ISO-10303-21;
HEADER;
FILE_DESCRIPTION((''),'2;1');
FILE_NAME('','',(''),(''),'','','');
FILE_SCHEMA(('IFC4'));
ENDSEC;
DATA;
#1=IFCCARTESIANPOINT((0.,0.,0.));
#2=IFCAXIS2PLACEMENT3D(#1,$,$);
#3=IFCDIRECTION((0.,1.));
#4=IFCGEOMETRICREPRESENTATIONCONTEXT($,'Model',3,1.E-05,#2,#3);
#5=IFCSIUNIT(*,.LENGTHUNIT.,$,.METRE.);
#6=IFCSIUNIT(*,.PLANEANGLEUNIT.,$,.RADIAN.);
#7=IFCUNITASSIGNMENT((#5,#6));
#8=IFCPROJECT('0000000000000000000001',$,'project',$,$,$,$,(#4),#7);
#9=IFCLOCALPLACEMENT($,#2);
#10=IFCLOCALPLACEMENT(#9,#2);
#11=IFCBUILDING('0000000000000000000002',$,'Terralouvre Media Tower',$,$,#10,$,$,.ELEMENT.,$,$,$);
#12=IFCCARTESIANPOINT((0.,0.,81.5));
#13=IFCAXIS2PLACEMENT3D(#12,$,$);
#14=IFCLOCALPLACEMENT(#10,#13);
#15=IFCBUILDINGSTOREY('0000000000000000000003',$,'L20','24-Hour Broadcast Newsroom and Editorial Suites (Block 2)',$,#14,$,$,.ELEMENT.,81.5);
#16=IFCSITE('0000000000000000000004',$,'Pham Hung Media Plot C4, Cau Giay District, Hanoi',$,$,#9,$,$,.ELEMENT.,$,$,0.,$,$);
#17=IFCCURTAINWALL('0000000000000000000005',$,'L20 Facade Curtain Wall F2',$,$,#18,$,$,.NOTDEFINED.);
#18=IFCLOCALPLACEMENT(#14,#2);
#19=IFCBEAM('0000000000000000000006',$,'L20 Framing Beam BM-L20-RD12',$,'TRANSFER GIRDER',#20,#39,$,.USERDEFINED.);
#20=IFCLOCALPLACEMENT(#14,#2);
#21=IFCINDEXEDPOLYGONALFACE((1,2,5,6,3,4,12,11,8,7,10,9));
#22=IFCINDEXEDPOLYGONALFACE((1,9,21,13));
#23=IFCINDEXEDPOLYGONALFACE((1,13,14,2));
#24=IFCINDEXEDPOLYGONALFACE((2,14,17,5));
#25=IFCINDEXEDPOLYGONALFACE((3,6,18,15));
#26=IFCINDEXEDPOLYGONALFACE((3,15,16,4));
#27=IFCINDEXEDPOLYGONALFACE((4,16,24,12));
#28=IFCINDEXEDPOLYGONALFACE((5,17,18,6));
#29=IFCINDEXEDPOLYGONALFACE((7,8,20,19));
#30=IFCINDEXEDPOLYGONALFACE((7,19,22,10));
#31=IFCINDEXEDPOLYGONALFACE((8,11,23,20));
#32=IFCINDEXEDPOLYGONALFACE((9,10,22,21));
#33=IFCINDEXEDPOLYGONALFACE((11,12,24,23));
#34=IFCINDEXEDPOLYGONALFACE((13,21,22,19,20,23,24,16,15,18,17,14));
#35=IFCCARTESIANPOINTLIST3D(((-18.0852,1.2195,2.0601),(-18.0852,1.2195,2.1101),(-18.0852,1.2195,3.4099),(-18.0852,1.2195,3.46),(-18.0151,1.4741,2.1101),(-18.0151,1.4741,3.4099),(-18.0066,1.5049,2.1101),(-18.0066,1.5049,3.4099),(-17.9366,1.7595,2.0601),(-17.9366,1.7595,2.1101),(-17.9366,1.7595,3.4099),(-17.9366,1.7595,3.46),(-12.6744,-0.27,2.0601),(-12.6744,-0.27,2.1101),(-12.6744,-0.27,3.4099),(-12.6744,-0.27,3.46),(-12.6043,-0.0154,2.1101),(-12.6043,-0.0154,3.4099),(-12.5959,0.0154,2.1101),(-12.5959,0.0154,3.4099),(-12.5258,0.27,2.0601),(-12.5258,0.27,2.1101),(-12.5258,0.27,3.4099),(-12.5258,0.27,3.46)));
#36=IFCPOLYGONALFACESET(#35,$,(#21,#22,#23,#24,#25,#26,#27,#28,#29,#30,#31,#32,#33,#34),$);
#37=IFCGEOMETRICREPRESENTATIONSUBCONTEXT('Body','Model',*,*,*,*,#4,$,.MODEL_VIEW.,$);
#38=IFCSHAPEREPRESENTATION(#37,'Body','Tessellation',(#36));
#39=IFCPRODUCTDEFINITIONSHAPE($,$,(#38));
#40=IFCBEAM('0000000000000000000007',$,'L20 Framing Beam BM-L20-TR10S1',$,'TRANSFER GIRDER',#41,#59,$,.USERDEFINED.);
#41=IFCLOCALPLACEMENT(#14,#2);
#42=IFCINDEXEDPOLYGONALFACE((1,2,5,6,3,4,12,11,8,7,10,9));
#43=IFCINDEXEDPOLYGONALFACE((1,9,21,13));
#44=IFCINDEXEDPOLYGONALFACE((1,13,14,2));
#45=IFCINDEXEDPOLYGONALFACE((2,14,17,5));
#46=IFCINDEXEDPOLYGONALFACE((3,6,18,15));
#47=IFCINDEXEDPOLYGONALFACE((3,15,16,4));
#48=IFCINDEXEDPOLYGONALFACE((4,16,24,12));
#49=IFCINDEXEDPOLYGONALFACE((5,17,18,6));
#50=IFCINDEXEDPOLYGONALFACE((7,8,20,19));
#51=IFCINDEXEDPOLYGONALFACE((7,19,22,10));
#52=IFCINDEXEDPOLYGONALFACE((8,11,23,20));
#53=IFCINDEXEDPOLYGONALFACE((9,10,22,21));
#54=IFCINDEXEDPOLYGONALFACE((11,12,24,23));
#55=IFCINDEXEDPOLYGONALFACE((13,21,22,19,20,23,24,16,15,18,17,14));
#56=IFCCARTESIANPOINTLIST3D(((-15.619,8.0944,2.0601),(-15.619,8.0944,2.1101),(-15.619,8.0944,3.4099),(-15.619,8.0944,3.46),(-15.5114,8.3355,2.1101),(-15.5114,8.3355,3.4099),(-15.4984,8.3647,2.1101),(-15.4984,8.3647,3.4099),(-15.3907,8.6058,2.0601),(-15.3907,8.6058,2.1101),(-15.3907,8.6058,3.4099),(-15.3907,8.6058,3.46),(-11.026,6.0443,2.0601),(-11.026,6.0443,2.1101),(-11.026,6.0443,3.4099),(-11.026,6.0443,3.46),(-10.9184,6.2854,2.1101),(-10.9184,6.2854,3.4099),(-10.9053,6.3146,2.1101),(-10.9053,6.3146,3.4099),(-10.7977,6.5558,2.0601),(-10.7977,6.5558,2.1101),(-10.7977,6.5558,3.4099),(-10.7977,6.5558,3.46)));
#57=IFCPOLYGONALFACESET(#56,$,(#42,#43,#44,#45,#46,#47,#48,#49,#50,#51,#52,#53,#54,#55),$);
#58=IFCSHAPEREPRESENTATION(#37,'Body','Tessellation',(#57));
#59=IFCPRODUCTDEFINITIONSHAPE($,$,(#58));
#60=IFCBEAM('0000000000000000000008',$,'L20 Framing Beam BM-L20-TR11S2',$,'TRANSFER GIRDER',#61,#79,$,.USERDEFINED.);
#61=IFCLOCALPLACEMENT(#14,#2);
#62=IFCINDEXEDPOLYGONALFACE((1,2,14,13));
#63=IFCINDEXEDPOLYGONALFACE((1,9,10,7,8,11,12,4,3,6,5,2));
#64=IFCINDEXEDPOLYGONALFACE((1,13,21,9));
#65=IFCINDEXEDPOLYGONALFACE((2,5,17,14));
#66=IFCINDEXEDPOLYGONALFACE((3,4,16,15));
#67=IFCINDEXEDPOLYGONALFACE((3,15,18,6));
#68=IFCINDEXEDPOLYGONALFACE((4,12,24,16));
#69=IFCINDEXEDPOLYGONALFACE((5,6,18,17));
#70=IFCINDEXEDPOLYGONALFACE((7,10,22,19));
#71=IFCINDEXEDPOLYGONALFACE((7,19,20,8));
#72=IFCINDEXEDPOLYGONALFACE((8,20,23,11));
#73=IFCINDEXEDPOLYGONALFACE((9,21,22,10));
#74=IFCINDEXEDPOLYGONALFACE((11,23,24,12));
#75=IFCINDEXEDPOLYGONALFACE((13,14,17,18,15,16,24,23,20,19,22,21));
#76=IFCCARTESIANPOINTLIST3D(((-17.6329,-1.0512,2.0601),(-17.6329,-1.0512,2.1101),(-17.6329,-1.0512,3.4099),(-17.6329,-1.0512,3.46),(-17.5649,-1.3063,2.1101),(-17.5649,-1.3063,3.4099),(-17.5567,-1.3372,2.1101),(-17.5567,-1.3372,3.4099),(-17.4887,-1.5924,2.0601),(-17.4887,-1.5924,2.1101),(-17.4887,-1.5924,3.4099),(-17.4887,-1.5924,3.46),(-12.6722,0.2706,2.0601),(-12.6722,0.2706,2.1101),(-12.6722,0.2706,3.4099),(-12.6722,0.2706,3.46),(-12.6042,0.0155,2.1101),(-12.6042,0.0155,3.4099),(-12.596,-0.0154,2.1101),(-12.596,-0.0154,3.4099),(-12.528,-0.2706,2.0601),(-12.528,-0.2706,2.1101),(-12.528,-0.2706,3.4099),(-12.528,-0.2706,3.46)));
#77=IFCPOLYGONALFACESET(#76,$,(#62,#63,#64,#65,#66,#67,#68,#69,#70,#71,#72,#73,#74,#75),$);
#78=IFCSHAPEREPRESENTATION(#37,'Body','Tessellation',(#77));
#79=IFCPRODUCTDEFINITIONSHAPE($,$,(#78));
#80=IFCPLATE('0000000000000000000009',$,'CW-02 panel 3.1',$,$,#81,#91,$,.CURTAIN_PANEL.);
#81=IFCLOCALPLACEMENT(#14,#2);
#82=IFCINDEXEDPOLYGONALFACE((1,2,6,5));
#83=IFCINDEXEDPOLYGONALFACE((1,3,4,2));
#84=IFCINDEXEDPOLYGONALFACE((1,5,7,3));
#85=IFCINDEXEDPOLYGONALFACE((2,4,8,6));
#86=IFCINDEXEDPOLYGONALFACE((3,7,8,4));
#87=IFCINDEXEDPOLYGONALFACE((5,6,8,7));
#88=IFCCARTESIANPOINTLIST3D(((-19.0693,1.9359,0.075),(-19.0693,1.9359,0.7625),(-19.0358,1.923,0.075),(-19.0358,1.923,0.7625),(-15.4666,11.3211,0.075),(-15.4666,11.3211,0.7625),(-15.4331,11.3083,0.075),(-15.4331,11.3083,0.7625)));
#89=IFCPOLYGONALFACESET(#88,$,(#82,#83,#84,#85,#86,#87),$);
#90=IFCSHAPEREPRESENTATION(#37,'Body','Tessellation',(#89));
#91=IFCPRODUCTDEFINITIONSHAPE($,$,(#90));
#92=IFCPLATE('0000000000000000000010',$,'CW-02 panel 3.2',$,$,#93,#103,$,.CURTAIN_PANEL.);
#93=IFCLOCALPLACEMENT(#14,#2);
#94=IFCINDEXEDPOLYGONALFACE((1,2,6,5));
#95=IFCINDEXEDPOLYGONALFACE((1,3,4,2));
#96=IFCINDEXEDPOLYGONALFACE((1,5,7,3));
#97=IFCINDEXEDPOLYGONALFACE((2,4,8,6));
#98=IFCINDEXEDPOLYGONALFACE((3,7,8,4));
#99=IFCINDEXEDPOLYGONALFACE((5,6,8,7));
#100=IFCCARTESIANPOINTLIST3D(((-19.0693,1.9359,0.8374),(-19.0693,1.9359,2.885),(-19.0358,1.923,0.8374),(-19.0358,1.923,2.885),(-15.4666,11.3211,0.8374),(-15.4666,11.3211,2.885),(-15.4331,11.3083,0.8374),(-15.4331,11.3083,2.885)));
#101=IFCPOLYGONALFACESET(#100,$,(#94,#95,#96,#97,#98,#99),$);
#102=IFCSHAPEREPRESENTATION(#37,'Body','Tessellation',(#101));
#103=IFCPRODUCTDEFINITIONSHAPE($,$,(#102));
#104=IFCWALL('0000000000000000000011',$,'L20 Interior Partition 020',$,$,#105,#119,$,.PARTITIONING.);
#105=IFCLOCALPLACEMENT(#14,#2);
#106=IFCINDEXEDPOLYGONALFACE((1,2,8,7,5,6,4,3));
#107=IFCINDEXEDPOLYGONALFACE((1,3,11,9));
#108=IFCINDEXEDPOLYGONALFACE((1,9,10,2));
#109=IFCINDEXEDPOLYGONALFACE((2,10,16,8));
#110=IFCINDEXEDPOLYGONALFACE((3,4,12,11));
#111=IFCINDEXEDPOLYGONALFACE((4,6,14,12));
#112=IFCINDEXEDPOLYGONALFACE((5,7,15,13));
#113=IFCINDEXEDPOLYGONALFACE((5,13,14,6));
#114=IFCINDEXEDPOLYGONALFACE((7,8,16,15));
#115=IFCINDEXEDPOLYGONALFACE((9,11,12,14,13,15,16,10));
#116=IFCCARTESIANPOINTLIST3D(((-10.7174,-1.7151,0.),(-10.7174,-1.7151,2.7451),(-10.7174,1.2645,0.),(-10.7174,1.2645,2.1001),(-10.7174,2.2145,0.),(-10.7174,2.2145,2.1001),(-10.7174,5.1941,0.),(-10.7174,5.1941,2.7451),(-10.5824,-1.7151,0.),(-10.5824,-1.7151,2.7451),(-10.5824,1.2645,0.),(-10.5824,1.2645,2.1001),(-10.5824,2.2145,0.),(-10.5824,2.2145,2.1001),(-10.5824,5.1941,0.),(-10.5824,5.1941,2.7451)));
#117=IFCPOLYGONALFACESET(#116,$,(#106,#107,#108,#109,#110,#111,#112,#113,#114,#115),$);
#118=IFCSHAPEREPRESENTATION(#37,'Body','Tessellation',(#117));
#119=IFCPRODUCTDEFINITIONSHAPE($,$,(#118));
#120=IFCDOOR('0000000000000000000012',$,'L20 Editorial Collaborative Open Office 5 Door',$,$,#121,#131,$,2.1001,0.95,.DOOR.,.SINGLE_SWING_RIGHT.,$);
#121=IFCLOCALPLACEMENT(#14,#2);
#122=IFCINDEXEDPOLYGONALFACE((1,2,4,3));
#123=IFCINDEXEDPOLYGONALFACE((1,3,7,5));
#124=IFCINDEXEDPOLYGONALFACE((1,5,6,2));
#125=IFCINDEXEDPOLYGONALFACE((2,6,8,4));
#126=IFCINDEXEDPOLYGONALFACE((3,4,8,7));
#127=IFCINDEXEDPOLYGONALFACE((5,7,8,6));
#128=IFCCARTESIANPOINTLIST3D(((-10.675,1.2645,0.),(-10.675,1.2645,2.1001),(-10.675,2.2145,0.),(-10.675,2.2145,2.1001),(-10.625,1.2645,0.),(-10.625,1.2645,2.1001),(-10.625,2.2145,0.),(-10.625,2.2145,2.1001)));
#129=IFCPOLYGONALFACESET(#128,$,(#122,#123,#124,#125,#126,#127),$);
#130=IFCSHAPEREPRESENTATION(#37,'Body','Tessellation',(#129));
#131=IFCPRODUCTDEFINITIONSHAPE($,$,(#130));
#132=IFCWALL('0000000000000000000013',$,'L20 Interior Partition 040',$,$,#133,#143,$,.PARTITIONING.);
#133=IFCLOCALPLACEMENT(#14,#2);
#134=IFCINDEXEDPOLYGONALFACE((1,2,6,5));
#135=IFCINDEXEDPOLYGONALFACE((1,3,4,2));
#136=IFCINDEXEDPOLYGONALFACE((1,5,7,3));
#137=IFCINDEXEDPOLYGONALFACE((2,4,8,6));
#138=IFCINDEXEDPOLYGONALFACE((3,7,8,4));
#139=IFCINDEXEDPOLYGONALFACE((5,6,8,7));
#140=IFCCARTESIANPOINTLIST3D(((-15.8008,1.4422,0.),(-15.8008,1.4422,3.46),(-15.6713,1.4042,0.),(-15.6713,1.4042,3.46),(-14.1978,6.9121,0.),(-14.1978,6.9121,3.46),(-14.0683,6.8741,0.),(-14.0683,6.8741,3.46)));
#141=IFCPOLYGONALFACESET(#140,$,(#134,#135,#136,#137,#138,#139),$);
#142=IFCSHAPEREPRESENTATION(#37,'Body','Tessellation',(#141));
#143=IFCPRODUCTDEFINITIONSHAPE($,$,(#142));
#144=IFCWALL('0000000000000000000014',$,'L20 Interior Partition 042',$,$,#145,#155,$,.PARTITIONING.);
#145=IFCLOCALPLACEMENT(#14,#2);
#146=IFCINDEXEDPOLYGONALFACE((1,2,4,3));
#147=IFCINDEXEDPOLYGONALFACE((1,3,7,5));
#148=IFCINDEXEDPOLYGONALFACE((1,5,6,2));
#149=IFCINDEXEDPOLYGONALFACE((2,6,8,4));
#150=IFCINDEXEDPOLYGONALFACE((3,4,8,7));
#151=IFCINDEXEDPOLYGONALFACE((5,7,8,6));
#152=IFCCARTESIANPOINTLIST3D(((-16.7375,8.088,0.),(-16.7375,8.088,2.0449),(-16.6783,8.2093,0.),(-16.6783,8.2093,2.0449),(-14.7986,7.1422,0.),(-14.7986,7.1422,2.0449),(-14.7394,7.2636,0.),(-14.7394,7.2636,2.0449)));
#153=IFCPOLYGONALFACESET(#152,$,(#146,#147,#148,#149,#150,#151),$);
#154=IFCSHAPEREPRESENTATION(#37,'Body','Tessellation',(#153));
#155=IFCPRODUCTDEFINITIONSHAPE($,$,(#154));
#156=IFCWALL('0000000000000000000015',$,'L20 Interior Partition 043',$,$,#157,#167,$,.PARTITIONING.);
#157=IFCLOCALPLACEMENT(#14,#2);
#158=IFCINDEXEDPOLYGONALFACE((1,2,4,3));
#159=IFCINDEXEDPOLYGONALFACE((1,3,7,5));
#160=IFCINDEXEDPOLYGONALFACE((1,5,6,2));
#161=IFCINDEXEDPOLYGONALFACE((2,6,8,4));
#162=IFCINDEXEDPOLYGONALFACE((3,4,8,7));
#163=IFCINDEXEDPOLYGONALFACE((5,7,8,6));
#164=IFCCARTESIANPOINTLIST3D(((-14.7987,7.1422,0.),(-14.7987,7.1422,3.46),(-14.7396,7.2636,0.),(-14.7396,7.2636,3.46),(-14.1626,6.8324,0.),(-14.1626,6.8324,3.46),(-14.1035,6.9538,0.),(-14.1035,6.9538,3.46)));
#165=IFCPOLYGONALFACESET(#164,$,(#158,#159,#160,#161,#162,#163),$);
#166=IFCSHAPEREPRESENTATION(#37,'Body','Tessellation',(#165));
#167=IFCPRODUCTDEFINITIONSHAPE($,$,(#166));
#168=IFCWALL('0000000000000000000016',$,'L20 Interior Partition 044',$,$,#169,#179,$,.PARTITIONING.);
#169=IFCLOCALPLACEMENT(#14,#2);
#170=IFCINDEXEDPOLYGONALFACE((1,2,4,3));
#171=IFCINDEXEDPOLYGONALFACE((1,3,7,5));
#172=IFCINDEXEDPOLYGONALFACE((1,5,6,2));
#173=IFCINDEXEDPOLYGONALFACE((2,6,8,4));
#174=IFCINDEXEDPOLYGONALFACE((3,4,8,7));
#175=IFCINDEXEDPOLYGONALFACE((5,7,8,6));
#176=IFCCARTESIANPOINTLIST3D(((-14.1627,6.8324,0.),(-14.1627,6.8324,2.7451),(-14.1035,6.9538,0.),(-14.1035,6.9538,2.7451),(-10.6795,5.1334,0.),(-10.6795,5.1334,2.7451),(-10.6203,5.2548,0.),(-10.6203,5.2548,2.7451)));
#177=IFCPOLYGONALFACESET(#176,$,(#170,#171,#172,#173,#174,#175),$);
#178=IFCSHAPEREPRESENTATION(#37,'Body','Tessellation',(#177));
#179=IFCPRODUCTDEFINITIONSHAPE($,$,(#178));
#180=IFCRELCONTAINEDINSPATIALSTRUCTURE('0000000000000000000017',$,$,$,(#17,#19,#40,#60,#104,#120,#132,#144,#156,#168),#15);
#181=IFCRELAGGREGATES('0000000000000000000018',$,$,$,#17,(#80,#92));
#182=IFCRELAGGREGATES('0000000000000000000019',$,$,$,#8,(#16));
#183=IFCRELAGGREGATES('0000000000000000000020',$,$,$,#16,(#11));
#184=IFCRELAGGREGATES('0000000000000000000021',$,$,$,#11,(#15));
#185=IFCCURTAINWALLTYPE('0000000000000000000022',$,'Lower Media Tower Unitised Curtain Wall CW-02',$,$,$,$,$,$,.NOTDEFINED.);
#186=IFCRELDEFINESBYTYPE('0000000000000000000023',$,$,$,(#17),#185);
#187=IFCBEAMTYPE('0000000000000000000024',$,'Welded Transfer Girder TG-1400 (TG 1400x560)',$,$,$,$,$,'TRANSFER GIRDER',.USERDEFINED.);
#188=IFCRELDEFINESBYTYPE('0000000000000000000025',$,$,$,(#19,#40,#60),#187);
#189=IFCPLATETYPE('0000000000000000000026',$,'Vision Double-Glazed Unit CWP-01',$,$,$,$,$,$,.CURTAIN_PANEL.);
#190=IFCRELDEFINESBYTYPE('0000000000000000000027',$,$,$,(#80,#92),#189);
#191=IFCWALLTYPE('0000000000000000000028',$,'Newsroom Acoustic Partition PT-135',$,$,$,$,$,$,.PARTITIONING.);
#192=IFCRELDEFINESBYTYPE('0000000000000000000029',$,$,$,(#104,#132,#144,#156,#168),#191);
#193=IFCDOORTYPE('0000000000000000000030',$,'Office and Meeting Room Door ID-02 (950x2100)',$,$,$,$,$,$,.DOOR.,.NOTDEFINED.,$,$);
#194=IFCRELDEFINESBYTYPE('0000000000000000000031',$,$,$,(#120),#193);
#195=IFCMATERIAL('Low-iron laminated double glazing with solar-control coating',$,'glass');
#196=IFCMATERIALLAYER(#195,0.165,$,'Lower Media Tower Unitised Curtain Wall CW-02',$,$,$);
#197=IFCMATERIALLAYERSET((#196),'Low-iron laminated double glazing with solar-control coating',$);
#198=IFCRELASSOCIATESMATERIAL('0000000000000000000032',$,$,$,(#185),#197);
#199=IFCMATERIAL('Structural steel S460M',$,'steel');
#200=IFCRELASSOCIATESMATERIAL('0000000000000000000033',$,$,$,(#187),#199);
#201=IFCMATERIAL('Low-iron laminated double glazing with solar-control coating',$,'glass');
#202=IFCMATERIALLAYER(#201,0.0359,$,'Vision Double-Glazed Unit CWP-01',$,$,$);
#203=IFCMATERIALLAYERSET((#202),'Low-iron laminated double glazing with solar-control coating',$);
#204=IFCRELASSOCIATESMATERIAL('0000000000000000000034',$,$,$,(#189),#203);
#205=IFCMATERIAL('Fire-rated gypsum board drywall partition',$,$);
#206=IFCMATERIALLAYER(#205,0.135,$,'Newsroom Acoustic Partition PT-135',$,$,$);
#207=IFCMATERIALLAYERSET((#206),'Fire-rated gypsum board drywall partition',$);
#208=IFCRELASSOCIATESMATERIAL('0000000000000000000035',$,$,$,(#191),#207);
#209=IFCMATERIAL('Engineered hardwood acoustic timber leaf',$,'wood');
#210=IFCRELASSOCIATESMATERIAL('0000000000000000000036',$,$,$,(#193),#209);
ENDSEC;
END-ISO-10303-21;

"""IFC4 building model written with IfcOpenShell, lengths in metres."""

from ifc_helpers import new_model, si_unit, direction, frame, frame_2d, origin, origin_2d, place, context, subcontext, project, spatial, rectangle, i_section, extrude, material, layer, layer_set, material_profile, profile_set, type_object, element, fill, aggregate, save


model = new_model("IFC4")

# Units and contexts
model_context = context("Model", 3, precision=1e-05, world=origin(), true_north=direction((0.0, 1.0)))
body_context = subcontext(model_context, "Body", "Model", "MODEL_VIEW")
ifc_project = project(units=[si_unit("LENGTHUNIT", "METRE"), si_unit("PLANEANGLEUNIT", "RADIAN")], contexts=[model_context])

# Site, building, storey
site_placement = place(None, origin())
site = spatial("IfcSite", under=ifc_project, at=site_placement, Name="Pham Hung Media Plot C4, Cau Giay District, Hanoi", CompositionType="ELEMENT", RefElevation=0.0)
building_placement = place(site_placement, origin())
building = spatial("IfcBuilding", under=site, at=building_placement, Name="Terralouvre Media Tower", CompositionType="ELEMENT")
storey_placement = place(building_placement, frame((0.0, 0.0, 81.5)))
storey = spatial("IfcBuildingStorey", under=building, at=storey_placement, Name="L20", Description="24-Hour Broadcast Newsroom and Editorial Suites (Block 2)", CompositionType="ELEMENT", Elevation=81.5)

# Curtain wall
ifc_material_1 = material(Name="Low-iron laminated double glazing with solar-control coating", Category="glass")
ifc_layer_1 = layer(ifc_material_1, 0.165, Name="Lower Media Tower Unitised Curtain Wall CW-02")
ifc_layer_set_1 = layer_set([ifc_layer_1], Name="Low-iron laminated double glazing with solar-control coating")
curtain_wall_type = type_object("IfcCurtainWallType", Name="Lower Media Tower Unitised Curtain Wall CW-02", PredefinedType="NOTDEFINED", material=ifc_layer_set_1)
curtain_wall_placement = place(storey_placement, origin())
curtain_wall = element("IfcCurtainWall", 1, at=curtain_wall_placement, inside=storey, type_object=curtain_wall_type, Name="L20 Facade Curtain Wall F2", PredefinedType="NOTDEFINED")

# Beams
ifc_material_2 = material(Name="Structural steel S460M", Category="steel")
ifc_material_profile_1 = material_profile(ifc_material_2, i_section(OverallWidth=0.5601, OverallDepth=1.3999, WebThickness=0.032, FlangeThickness=0.05, at=origin_2d()), Name="TG 1400x560")
ifc_profile_set_1 = profile_set([ifc_material_profile_1], Name="Structural steel S460M")
beam_type_1 = type_object("IfcBeamType", Name="Welded Transfer Girder TG-1400 (TG 1400x560)", ElementType="TRANSFER GIRDER", PredefinedType="USERDEFINED", material=ifc_profile_set_1)
beam_1_placement = place(storey_placement, frame((-12.6001, 0.0, 2.76), z_axis=(-0.964137, 0.265406, 0.0), x_axis=(-0.265406, -0.964137, 0.0)))
element("IfcBeam", 2, at=beam_1_placement, inside=storey, type_object=beam_type_1, Name="L20 Framing Beam BM-L20-RD12", ObjectType="TRANSFER GIRDER", PredefinedType="USERDEFINED", context=body_context, shape_type="SweptSolid", body=[
    extrude(i_section(OverallWidth=0.5601, OverallDepth=1.3999, WebThickness=0.032, FlangeThickness=0.05, at=origin_2d()), origin(), (0.0, 0.0, 1.0), 5.6121),
])
beam_2_placement = place(storey_placement, frame((-15.5049, 8.3501, 2.76), z_axis=(0.913168, -0.407584, 0.0), x_axis=(0.407584, 0.913168, 0.0)))
element("IfcBeam", 3, at=beam_2_placement, inside=storey, type_object=beam_type_1, Name="L20 Framing Beam BM-L20-TR10S1", ObjectType="TRANSFER GIRDER", PredefinedType="USERDEFINED", context=body_context, shape_type="SweptSolid", body=[
    extrude(i_section(OverallWidth=0.5601, OverallDepth=1.3999, WebThickness=0.032, FlangeThickness=0.05, at=origin_2d()), origin(), (0.0, 0.0, 1.0), 5.0298),
])
beam_3_placement = place(storey_placement, frame((-17.5608, -1.3218, 2.76), z_axis=(0.966287, 0.257467, 0.0), x_axis=(-0.257467, 0.966287, 0.0)))
element("IfcBeam", 4, at=beam_3_placement, inside=storey, type_object=beam_type_1, Name="L20 Framing Beam BM-L20-TR11S2", ObjectType="TRANSFER GIRDER", PredefinedType="USERDEFINED", context=body_context, shape_type="SweptSolid", body=[
    extrude(i_section(OverallWidth=0.5601, OverallDepth=1.3999, WebThickness=0.032, FlangeThickness=0.05, at=origin_2d()), origin(), (0.0, 0.0, 1.0), 5.1338),
])

# Plates
ifc_material_3 = material(Name="Low-iron laminated double glazing with solar-control coating", Category="glass")
ifc_layer_2 = layer(ifc_material_3, 0.0359, Name="Vision Double-Glazed Unit CWP-01")
ifc_layer_set_2 = layer_set([ifc_layer_2], Name="Low-iron laminated double glazing with solar-control coating")
plate_type = type_object("IfcPlateType", Name="Vision Double-Glazed Unit CWP-01", PredefinedType="CURTAIN_PANEL", material=ifc_layer_set_2)
plate_1_placement = place(storey_placement, frame((-17.2512, 6.6221, 0.075), z_axis=(0.0, 0.0, 1.0), x_axis=(-0.358368, -0.93358, 0.0)))
plate_1 = element("IfcPlate", 5, at=plate_1_placement, type_object=plate_type, Name="CW-02 panel 3.1", PredefinedType="CURTAIN_PANEL", context=body_context, shape_type="SweptSolid", body=[
    extrude(rectangle(XDim=10.053, YDim=0.0359, at=origin_2d()), origin(), (0.0, 0.0, 1.0), 0.6875),
])
plate_2_placement = place(storey_placement, frame((-17.2512, 6.6221, 0.8374), z_axis=(0.0, 0.0, 1.0), x_axis=(-0.358368, -0.93358, 0.0)))
plate_2 = element("IfcPlate", 6, at=plate_2_placement, type_object=plate_type, Name="CW-02 panel 3.2", PredefinedType="CURTAIN_PANEL", context=body_context, shape_type="SweptSolid", body=[
    extrude(rectangle(XDim=10.053, YDim=0.0359, at=origin_2d()), origin(), (0.0, 0.0, 1.0), 2.0476),
])
aggregate(curtain_wall, [plate_1, plate_2])

# Wall, opening, door
ifc_material_4 = material(Name="Fire-rated gypsum board drywall partition")
ifc_layer_3 = layer(ifc_material_4, 0.135, Name="Newsroom Acoustic Partition PT-135")
ifc_layer_set_3 = layer_set([ifc_layer_3], Name="Fire-rated gypsum board drywall partition")
wall_type = type_object("IfcWallType", Name="Newsroom Acoustic Partition PT-135", PredefinedType="PARTITIONING", material=ifc_layer_set_3)
wall_1_placement = place(storey_placement, frame((-10.6499, 5.1941, 0.0), z_axis=(0.0, 0.0, 1.0), x_axis=(0.0, -1.0, 0.0)))
wall_1 = element("IfcWall", 7, at=wall_1_placement, inside=storey, type_object=wall_type, Name="L20 Interior Partition 020", PredefinedType="PARTITIONING", context=body_context, shape_type="SweptSolid", body=[
    extrude(rectangle(XDim=6.9092, YDim=0.135, at=frame_2d((3.4546, 0.0))), origin(), (0.0, 0.0, 1.0), 2.7451),
])
opening_placement = place(wall_1_placement, frame((2.9795, 0.0, 0.0)))
opening = element("IfcOpeningElement", 8, at=opening_placement, cuts=wall_1, PredefinedType="OPENING", context=body_context, shape_type="SweptSolid", body=[
    extrude(rectangle(XDim=0.95, YDim=2.1001, at=frame_2d((0.4751, 1.05))), frame((0.0, 0.0774, 0.0), z_axis=(0.0, -1.0, 0.0), x_axis=(1.0, 0.0, 0.0)), (0.0, 0.0, 1.0), 0.155),
])
ifc_material_5 = material(Name="Engineered hardwood acoustic timber leaf", Category="wood")
door_type = type_object("IfcDoorType", Name="Office and Meeting Room Door ID-02 (950x2100)", OperationType="NOTDEFINED", PredefinedType="DOOR", material=ifc_material_5)
door_placement = place(opening_placement, origin())
door = element("IfcDoor", 9, at=door_placement, inside=storey, type_object=door_type, Name="L20 Editorial Collaborative Open Office 5 Door", OperationType="SINGLE_SWING_RIGHT", OverallHeight=2.1001, OverallWidth=0.95, PredefinedType="DOOR", context=body_context, shape_type="SweptSolid", body=[
    extrude(rectangle(XDim=0.95, YDim=2.1001, at=frame_2d((0.4751, 1.05))), frame((0.0, 0.0249, 0.0), z_axis=(0.0, -1.0, 0.0), x_axis=(1.0, 0.0, 0.0)), (0.0, 0.0, 1.0), 0.05),
])
fill(opening, door)

# Walls
wall_2_placement = place(storey_placement, frame((-15.7361, 1.4231, 0.0), z_axis=(0.0, 0.0, 1.0), x_axis=(0.281232, 0.95964, 0.0)))
element("IfcWall", 10, at=wall_2_placement, inside=storey, type_object=wall_type, Name="L20 Interior Partition 040", PredefinedType="PARTITIONING", context=body_context, shape_type="SweptSolid", body=[
    extrude(rectangle(XDim=5.7, YDim=0.135, at=frame_2d((2.8501, 0.0))), origin(), (0.0, 0.0, 1.0), 3.46),
])
wall_3_placement = place(storey_placement, frame((-14.769, 7.2029, 0.0), z_axis=(0.0, 0.0, 1.0), x_axis=(-0.898775, 0.43841, 0.0)))
element("IfcWall", 11, at=wall_3_placement, inside=storey, type_object=wall_type, Name="L20 Interior Partition 042", PredefinedType="PARTITIONING", context=body_context, shape_type="SweptSolid", body=[
    extrude(rectangle(XDim=2.1572, YDim=0.135, at=frame_2d((1.0786, 0.0))), origin(), (0.0, 0.0, 1.0), 2.0449),
])
wall_4_placement = place(storey_placement, frame((-14.1331, 6.8931, 0.0), z_axis=(0.0, 0.0, 1.0), x_axis=(-0.899004, 0.437941, 0.0)))
element("IfcWall", 12, at=wall_4_placement, inside=storey, type_object=wall_type, Name="L20 Interior Partition 043", PredefinedType="PARTITIONING", context=body_context, shape_type="SweptSolid", body=[
    extrude(rectangle(XDim=0.7075, YDim=0.135, at=frame_2d((0.3538, 0.0))), origin(), (0.0, 0.0, 1.0), 3.46),
])
wall_5_placement = place(storey_placement, frame((-10.6499, 5.1941, 0.0), z_axis=(0.0, 0.0, 1.0), x_axis=(-0.898781, 0.438398, 0.0)))
element("IfcWall", 13, at=wall_5_placement, inside=storey, type_object=wall_type, Name="L20 Interior Partition 044", PredefinedType="PARTITIONING", context=body_context, shape_type="SweptSolid", body=[
    extrude(rectangle(XDim=3.8755, YDim=0.135, at=frame_2d((1.9377, 0.0))), origin(), (0.0, 0.0, 1.0), 2.7451),
])

save(model, "model.ifc")
